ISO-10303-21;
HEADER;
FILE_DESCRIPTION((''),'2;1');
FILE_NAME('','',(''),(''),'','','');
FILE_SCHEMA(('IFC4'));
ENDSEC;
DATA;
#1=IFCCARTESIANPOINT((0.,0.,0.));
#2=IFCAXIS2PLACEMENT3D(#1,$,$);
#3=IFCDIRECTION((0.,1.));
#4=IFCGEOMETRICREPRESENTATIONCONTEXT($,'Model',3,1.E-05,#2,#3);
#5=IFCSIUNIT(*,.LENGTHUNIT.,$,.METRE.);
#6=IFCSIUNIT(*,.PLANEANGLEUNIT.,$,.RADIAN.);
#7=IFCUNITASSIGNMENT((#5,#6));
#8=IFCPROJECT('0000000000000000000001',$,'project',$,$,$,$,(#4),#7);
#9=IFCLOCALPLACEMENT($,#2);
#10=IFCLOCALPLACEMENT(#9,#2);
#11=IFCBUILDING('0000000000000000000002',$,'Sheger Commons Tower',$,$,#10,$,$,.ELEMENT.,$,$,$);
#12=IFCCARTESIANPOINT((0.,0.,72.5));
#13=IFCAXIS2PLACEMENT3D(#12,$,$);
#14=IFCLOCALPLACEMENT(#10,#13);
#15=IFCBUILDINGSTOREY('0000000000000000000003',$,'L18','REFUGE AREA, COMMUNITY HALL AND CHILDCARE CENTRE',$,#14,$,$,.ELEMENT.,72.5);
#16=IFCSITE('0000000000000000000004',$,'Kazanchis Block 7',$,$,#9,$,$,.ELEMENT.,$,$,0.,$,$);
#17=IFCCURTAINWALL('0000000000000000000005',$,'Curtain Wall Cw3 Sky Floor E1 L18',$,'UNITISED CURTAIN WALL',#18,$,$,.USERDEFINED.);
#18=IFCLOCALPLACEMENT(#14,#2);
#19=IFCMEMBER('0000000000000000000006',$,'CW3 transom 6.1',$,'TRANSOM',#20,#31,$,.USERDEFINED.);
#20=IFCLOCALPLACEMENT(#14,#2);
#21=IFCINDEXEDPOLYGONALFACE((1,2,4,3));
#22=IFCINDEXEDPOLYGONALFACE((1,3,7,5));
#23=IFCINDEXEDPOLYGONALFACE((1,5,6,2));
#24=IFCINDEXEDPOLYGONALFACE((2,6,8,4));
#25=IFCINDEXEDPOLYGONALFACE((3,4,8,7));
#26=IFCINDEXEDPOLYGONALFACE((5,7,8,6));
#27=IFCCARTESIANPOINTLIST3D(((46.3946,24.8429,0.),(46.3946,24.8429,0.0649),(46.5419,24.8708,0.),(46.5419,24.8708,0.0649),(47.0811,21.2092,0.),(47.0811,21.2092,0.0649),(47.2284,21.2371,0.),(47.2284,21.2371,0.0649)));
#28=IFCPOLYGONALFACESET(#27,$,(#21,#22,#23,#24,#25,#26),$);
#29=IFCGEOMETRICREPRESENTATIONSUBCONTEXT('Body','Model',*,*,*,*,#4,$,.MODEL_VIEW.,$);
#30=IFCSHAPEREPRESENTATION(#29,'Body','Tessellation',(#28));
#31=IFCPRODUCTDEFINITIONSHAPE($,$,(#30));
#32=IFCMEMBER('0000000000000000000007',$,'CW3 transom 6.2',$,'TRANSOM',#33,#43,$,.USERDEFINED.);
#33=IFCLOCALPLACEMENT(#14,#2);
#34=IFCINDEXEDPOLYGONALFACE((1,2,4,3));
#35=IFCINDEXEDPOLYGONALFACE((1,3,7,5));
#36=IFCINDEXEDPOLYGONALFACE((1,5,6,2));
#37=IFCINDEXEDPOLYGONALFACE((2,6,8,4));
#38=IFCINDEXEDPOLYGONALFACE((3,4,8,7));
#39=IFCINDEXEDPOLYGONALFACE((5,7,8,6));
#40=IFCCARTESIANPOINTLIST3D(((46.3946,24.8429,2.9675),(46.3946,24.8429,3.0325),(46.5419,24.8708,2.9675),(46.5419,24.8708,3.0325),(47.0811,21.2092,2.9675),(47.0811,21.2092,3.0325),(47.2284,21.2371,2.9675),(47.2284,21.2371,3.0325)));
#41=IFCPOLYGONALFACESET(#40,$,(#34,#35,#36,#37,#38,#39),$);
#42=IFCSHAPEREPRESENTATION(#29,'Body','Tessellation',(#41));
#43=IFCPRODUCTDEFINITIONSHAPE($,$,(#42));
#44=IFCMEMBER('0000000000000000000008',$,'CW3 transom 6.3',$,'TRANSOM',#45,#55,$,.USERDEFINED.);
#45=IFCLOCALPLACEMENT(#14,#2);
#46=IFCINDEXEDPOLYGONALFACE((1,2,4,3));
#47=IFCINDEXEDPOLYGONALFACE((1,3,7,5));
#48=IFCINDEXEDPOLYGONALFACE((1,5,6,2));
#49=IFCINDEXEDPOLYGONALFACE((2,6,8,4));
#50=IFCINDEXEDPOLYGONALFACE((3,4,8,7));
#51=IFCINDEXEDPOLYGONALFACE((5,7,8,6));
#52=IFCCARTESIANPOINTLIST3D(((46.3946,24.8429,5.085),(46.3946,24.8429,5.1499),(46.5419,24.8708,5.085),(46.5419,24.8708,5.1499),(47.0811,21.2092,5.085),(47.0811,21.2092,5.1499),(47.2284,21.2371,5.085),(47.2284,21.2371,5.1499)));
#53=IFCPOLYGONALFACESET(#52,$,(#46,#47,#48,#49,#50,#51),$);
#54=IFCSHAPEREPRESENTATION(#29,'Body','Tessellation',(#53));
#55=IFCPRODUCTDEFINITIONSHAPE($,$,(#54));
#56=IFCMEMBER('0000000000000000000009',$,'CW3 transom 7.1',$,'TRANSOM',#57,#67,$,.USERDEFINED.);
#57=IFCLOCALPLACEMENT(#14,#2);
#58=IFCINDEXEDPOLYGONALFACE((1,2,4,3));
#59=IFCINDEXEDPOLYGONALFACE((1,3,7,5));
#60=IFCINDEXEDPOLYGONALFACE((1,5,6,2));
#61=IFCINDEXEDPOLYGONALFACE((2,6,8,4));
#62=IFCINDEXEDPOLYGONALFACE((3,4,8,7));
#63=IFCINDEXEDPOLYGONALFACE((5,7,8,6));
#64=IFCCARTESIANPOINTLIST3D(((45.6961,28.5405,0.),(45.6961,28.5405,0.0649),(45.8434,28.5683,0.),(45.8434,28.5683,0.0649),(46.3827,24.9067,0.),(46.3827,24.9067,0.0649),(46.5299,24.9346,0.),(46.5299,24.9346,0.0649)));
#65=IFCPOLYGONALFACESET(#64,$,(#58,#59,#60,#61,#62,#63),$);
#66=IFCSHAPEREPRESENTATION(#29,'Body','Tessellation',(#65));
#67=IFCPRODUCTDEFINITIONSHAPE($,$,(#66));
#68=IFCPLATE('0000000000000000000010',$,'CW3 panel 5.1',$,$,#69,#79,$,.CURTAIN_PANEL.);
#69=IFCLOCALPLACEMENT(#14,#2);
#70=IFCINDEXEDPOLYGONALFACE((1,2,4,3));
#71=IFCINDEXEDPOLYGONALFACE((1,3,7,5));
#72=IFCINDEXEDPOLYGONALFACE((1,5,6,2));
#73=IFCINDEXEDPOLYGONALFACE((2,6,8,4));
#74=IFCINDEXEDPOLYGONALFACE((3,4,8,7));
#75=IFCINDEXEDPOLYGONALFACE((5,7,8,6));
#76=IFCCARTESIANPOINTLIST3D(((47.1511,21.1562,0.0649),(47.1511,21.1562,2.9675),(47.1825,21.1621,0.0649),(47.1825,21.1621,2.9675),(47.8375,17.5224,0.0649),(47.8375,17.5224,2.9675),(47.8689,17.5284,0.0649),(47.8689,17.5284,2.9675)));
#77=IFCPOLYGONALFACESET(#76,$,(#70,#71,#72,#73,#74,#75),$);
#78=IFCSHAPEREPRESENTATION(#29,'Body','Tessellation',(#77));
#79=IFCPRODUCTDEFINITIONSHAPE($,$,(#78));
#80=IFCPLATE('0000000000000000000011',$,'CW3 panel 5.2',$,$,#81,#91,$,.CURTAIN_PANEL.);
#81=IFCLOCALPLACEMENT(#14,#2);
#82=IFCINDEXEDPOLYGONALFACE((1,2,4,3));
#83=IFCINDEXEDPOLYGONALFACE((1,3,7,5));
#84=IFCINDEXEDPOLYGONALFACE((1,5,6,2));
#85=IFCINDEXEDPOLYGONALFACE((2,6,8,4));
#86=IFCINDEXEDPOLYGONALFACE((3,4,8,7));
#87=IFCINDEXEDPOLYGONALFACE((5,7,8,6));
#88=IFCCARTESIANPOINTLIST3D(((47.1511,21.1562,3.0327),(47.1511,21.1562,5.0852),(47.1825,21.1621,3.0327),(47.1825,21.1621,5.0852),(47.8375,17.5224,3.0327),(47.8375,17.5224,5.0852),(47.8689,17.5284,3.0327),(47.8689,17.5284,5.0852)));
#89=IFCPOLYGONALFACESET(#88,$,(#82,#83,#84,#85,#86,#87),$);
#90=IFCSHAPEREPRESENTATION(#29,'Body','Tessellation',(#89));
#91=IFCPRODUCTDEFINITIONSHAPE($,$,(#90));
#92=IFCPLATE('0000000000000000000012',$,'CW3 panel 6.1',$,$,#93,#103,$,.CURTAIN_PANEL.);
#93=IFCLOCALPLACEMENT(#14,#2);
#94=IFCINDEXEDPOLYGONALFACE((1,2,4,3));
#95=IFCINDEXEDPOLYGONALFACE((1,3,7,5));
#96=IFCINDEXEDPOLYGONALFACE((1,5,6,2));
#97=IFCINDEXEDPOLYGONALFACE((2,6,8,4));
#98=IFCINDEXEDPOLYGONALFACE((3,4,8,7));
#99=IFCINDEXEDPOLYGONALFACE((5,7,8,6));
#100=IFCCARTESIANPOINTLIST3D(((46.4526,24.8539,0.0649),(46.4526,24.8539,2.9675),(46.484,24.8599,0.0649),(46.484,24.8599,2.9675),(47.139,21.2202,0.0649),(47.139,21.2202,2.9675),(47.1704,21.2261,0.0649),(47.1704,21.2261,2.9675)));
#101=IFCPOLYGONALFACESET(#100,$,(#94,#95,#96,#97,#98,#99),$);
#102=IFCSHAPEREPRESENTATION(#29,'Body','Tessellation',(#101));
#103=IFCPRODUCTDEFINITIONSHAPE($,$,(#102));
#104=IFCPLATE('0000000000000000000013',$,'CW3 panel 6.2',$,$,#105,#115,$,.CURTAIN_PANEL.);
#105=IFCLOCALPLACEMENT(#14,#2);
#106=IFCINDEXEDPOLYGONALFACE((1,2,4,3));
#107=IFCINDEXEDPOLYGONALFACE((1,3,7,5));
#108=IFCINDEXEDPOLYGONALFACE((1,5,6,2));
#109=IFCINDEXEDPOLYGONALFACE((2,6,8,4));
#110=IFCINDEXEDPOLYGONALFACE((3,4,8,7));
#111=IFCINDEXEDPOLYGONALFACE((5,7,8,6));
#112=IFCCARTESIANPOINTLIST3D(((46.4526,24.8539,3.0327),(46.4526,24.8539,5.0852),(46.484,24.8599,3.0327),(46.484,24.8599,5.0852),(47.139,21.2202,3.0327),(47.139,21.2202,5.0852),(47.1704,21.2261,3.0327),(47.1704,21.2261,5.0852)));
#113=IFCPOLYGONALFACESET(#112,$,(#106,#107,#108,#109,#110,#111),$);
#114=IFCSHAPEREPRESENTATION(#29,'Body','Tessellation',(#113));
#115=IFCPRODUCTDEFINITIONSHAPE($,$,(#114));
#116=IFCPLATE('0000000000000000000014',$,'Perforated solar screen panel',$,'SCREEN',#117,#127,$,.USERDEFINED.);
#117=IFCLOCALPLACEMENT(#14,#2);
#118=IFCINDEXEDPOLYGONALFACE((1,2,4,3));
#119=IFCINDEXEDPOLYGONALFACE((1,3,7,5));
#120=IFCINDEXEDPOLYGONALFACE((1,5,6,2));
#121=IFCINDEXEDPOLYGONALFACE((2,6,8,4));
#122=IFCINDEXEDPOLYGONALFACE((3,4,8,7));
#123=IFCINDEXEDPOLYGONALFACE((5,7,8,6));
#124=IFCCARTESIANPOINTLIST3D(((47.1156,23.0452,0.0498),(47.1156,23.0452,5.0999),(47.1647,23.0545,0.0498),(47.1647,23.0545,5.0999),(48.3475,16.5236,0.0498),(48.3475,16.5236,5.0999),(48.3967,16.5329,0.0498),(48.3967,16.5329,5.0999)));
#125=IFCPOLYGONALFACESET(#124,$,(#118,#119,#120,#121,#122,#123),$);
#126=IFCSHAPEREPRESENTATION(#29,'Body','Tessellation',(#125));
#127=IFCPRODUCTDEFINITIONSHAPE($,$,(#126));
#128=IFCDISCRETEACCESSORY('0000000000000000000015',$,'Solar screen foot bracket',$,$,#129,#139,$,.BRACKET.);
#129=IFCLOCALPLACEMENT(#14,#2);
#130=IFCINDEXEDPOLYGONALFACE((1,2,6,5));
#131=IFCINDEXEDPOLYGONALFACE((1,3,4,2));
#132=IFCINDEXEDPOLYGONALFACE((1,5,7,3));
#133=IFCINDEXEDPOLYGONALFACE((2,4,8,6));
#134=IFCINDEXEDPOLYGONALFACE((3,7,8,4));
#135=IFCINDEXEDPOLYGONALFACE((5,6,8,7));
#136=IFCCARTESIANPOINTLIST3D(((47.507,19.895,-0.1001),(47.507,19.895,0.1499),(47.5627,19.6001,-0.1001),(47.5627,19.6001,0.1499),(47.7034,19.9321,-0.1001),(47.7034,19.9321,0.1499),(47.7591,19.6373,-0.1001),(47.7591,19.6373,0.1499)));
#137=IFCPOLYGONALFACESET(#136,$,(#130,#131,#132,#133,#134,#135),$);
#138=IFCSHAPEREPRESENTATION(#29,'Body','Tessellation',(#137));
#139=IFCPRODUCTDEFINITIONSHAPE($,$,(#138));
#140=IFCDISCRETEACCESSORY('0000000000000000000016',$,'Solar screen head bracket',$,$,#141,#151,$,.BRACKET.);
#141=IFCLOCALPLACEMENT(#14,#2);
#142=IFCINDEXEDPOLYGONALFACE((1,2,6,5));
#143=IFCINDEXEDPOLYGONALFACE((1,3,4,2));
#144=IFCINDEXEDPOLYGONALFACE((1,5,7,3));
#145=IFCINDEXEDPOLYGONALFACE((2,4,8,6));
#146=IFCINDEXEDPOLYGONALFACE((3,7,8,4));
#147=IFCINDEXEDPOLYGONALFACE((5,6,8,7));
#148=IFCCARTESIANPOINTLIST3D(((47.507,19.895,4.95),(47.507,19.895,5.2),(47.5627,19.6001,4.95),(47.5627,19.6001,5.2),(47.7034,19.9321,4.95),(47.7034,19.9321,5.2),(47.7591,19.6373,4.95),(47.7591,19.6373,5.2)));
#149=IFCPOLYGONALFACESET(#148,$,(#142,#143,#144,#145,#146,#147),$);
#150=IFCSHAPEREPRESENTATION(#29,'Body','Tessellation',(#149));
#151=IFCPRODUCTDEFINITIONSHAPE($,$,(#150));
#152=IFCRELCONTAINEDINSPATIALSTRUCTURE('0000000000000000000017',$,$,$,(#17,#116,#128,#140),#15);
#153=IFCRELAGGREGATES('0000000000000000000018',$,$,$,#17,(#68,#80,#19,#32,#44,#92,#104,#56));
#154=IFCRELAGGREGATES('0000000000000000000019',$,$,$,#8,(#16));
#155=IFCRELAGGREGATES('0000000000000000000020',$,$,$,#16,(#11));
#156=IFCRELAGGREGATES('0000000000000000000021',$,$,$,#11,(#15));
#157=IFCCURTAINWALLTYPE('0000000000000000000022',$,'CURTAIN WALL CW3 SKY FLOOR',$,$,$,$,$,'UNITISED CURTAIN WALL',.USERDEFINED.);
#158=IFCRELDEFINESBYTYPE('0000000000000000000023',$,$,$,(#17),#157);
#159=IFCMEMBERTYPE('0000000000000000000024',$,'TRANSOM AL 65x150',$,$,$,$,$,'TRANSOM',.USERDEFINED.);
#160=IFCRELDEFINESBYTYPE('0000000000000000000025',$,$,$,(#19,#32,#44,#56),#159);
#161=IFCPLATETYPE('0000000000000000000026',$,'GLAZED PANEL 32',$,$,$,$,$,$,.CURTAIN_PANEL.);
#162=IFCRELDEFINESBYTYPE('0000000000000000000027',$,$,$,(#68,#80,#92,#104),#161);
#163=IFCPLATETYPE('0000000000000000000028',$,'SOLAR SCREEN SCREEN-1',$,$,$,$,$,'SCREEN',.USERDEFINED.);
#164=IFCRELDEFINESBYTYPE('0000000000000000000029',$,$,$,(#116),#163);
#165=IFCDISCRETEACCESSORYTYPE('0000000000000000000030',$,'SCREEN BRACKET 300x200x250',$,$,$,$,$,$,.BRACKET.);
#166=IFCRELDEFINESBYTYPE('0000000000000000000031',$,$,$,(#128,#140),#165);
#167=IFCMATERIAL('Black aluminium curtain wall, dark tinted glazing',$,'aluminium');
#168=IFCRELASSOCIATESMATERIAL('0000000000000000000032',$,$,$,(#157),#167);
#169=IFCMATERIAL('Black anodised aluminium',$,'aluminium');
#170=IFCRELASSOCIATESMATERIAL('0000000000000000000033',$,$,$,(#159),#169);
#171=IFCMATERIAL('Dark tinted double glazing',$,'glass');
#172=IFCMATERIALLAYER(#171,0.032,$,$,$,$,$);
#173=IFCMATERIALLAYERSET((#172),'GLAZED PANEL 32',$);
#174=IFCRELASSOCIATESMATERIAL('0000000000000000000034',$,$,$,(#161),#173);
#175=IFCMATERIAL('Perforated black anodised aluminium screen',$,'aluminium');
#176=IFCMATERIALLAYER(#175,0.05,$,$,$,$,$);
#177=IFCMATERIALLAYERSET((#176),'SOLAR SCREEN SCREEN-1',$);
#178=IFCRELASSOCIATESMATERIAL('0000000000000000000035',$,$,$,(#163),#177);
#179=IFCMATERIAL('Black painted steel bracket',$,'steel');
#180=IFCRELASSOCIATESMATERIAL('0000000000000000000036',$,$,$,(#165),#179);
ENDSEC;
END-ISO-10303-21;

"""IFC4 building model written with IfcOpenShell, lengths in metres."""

from ifc_helpers import new_model, si_unit, direction, frame, origin, origin_2d, place, context, subcontext, project, spatial, rectangle, extrude, material, layer, layer_set, material_profile, profile_set, type_object, element, aggregate, save


model = new_model("IFC4")

# Units and contexts
model_context = context("Model", 3, precision=1e-05, world=origin(), true_north=direction((0.0, 1.0)))
body_context = subcontext(model_context, "Body", "Model", "MODEL_VIEW")
ifc_project = project(units=[si_unit("LENGTHUNIT", "METRE"), si_unit("PLANEANGLEUNIT", "RADIAN")], contexts=[model_context])

# Site, building, storey
site_placement = place(None, origin())
site = spatial("IfcSite", under=ifc_project, at=site_placement, Name="Kazanchis Block 7", CompositionType="ELEMENT", RefElevation=0.0)
building_placement = place(site_placement, origin())
building = spatial("IfcBuilding", under=site, at=building_placement, Name="Sheger Commons Tower", CompositionType="ELEMENT")
storey_placement = place(building_placement, frame((0.0, 0.0, 72.5)))
storey = spatial("IfcBuildingStorey", under=building, at=storey_placement, Name="L18", Description="REFUGE AREA, COMMUNITY HALL AND CHILDCARE CENTRE", CompositionType="ELEMENT", Elevation=72.5)

# Curtain wall
ifc_material_1 = material(Name="Black aluminium curtain wall, dark tinted glazing", Category="aluminium")
curtain_wall_type = type_object("IfcCurtainWallType", Name="CURTAIN WALL CW3 SKY FLOOR", ElementType="UNITISED CURTAIN WALL", PredefinedType="USERDEFINED", material=ifc_material_1)
curtain_wall_placement = place(storey_placement, origin())
curtain_wall = element("IfcCurtainWall", 1, at=curtain_wall_placement, inside=storey, type_object=curtain_wall_type, Name="Curtain Wall Cw3 Sky Floor E1 L18", ObjectType="UNITISED CURTAIN WALL", PredefinedType="USERDEFINED")

# Members
ifc_material_2 = material(Name="Black anodised aluminium", Category="aluminium")
ifc_material_profile_1 = material_profile(ifc_material_2, rectangle(XDim=0.1499, YDim=0.0649, at=origin_2d()), Name="AL 65x150")
ifc_profile_set_1 = profile_set([ifc_material_profile_1], Name="Black anodised aluminium")
member_type_1 = type_object("IfcMemberType", Name="TRANSOM AL 65x150", ElementType="TRANSOM", PredefinedType="USERDEFINED", material=ifc_profile_set_1)
member_1_placement = place(storey_placement, frame((47.1548, 21.2231, 0.0325), z_axis=(-0.185644, 0.982617, 0.0), x_axis=(-0.982617, -0.185644, 0.0)))
member_1 = element("IfcMember", 2, at=member_1_placement, type_object=member_type_1, Name="CW3 transom 6.1", ObjectType="TRANSOM", PredefinedType="USERDEFINED", context=body_context, shape_type="SweptSolid", body=[
    extrude(rectangle(XDim=0.1499, YDim=0.0649, at=origin_2d()), origin(), (0.0, 0.0, 1.0), 3.698),
])
member_2_placement = place(storey_placement, frame((47.1548, 21.2231, 3.0), z_axis=(-0.185644, 0.982617, 0.0), x_axis=(-0.982617, -0.185644, 0.0)))
member_2 = element("IfcMember", 3, at=member_2_placement, type_object=member_type_1, Name="CW3 transom 6.2", ObjectType="TRANSOM", PredefinedType="USERDEFINED", context=body_context, shape_type="SweptSolid", body=[
    extrude(rectangle(XDim=0.1499, YDim=0.0649, at=origin_2d()), origin(), (0.0, 0.0, 1.0), 3.698),
])
member_3_placement = place(storey_placement, frame((47.1548, 21.2231, 5.1174), z_axis=(-0.185644, 0.982617, 0.0), x_axis=(-0.982617, -0.185644, 0.0)))
member_3 = element("IfcMember", 4, at=member_3_placement, type_object=member_type_1, Name="CW3 transom 6.3", ObjectType="TRANSOM", PredefinedType="USERDEFINED", context=body_context, shape_type="SweptSolid", body=[
    extrude(rectangle(XDim=0.1499, YDim=0.0649, at=origin_2d()), origin(), (0.0, 0.0, 1.0), 3.698),
])
member_4_placement = place(storey_placement, frame((46.4563, 24.9207, 0.0325), z_axis=(-0.185644, 0.982617, 0.0), x_axis=(-0.982617, -0.185644, 0.0)))
member_4 = element("IfcMember", 5, at=member_4_placement, type_object=member_type_1, Name="CW3 transom 7.1", ObjectType="TRANSOM", PredefinedType="USERDEFINED", context=body_context, shape_type="SweptSolid", body=[
    extrude(rectangle(XDim=0.1499, YDim=0.0649, at=origin_2d()), origin(), (0.0, 0.0, 1.0), 3.698),
])

# Plates
ifc_material_3 = material(Name="Dark tinted double glazing", Category="glass")
ifc_layer_1 = layer(ifc_material_3, 0.032)
ifc_layer_set_1 = layer_set([ifc_layer_1], Name="GLAZED PANEL 32")
plate_type_1 = type_object("IfcPlateType", Name="GLAZED PANEL 32", PredefinedType="CURTAIN_PANEL", material=ifc_layer_set_1)
plate_1_placement = place(storey_placement, frame((47.51, 19.3423, 0.0649), z_axis=(0.0, 0.0, 1.0), x_axis=(-0.18561, 0.982624, 0.0)))
plate_1 = element("IfcPlate", 6, at=plate_1_placement, type_object=plate_type_1, Name="CW3 panel 5.1", PredefinedType="CURTAIN_PANEL", context=body_context, shape_type="SweptSolid", body=[
    extrude(rectangle(XDim=3.698, YDim=0.032, at=origin_2d()), origin(), (0.0, 0.0, 1.0), 2.9026),
])
plate_2_placement = place(storey_placement, frame((47.51, 19.3423, 3.0327), z_axis=(0.0, 0.0, 1.0), x_axis=(-0.18561, 0.982624, 0.0)))
plate_2 = element("IfcPlate", 7, at=plate_2_placement, type_object=plate_type_1, Name="CW3 panel 5.2", PredefinedType="CURTAIN_PANEL", context=body_context, shape_type="SweptSolid", body=[
    extrude(rectangle(XDim=3.698, YDim=0.032, at=origin_2d()), origin(), (0.0, 0.0, 1.0), 2.0525),
])
plate_3_placement = place(storey_placement, frame((46.8115, 23.04, 0.0649), z_axis=(0.0, 0.0, 1.0), x_axis=(-0.18561, 0.982624, 0.0)))
plate_3 = element("IfcPlate", 8, at=plate_3_placement, type_object=plate_type_1, Name="CW3 panel 6.1", PredefinedType="CURTAIN_PANEL", context=body_context, shape_type="SweptSolid", body=[
    extrude(rectangle(XDim=3.698, YDim=0.032, at=origin_2d()), origin(), (0.0, 0.0, 1.0), 2.9026),
])
plate_4_placement = place(storey_placement, frame((46.8115, 23.04, 3.0327), z_axis=(0.0, 0.0, 1.0), x_axis=(-0.18561, 0.982624, 0.0)))
plate_4 = element("IfcPlate", 9, at=plate_4_placement, type_object=plate_type_1, Name="CW3 panel 6.2", PredefinedType="CURTAIN_PANEL", context=body_context, shape_type="SweptSolid", body=[
    extrude(rectangle(XDim=3.698, YDim=0.032, at=origin_2d()), origin(), (0.0, 0.0, 1.0), 2.0525),
])
aggregate(curtain_wall, [plate_1, plate_2, member_1, member_2, member_3, plate_3, plate_4, member_4])
ifc_material_4 = material(Name="Perforated black anodised aluminium screen", Category="aluminium")
ifc_layer_2 = layer(ifc_material_4, 0.05)
ifc_layer_set_2 = layer_set([ifc_layer_2], Name="SOLAR SCREEN SCREEN-1")
plate_type_2 = type_object("IfcPlateType", Name="SOLAR SCREEN SCREEN-1", ElementType="SCREEN", PredefinedType="USERDEFINED", material=ifc_layer_set_2)
plate_5_placement = place(storey_placement, frame((47.7561, 19.7891, 0.0498), z_axis=(0.0, 0.0, 1.0), x_axis=(-0.185615, 0.982623, 0.0)))
element("IfcPlate", 10, at=plate_5_placement, inside=storey, type_object=plate_type_2, Name="Perforated solar screen panel", ObjectType="SCREEN", PredefinedType="USERDEFINED", context=body_context, shape_type="SweptSolid", body=[
    extrude(rectangle(XDim=6.637, YDim=0.05, at=origin_2d()), origin(), (0.0, 0.0, 1.0), 5.05),
])

# Discrete accessories
ifc_material_5 = material(Name="Black painted steel bracket", Category="steel")
discrete_accessory_type = type_object("IfcDiscreteAccessoryType", Name="SCREEN BRACKET 300x200x250", PredefinedType="BRACKET", material=ifc_material_5)
for number, where, z_axis, x_axis, name in (
    (11, (47.6331, 19.7661, -0.1001), (0.0, 0.0, 1.0), (-0.185615, 0.982623, 0.0), "Solar screen foot bracket"),
    (12, (47.6331, 19.7661, 4.95), (0.0, 0.0, 1.0), (-0.185615, 0.982623, 0.0), "Solar screen head bracket"),
):
    element("IfcDiscreteAccessory", number, at=place(storey_placement, frame(where, z_axis=z_axis, x_axis=x_axis)), inside=storey, type_object=discrete_accessory_type, Name=name, PredefinedType="BRACKET", context=body_context, shape_type="SweptSolid", body=[
        extrude(rectangle(XDim=0.3, YDim=0.2, at=origin_2d()), origin(), (0.0, 0.0, 1.0), 0.25),
    ])

save(model, "model.ifc")
